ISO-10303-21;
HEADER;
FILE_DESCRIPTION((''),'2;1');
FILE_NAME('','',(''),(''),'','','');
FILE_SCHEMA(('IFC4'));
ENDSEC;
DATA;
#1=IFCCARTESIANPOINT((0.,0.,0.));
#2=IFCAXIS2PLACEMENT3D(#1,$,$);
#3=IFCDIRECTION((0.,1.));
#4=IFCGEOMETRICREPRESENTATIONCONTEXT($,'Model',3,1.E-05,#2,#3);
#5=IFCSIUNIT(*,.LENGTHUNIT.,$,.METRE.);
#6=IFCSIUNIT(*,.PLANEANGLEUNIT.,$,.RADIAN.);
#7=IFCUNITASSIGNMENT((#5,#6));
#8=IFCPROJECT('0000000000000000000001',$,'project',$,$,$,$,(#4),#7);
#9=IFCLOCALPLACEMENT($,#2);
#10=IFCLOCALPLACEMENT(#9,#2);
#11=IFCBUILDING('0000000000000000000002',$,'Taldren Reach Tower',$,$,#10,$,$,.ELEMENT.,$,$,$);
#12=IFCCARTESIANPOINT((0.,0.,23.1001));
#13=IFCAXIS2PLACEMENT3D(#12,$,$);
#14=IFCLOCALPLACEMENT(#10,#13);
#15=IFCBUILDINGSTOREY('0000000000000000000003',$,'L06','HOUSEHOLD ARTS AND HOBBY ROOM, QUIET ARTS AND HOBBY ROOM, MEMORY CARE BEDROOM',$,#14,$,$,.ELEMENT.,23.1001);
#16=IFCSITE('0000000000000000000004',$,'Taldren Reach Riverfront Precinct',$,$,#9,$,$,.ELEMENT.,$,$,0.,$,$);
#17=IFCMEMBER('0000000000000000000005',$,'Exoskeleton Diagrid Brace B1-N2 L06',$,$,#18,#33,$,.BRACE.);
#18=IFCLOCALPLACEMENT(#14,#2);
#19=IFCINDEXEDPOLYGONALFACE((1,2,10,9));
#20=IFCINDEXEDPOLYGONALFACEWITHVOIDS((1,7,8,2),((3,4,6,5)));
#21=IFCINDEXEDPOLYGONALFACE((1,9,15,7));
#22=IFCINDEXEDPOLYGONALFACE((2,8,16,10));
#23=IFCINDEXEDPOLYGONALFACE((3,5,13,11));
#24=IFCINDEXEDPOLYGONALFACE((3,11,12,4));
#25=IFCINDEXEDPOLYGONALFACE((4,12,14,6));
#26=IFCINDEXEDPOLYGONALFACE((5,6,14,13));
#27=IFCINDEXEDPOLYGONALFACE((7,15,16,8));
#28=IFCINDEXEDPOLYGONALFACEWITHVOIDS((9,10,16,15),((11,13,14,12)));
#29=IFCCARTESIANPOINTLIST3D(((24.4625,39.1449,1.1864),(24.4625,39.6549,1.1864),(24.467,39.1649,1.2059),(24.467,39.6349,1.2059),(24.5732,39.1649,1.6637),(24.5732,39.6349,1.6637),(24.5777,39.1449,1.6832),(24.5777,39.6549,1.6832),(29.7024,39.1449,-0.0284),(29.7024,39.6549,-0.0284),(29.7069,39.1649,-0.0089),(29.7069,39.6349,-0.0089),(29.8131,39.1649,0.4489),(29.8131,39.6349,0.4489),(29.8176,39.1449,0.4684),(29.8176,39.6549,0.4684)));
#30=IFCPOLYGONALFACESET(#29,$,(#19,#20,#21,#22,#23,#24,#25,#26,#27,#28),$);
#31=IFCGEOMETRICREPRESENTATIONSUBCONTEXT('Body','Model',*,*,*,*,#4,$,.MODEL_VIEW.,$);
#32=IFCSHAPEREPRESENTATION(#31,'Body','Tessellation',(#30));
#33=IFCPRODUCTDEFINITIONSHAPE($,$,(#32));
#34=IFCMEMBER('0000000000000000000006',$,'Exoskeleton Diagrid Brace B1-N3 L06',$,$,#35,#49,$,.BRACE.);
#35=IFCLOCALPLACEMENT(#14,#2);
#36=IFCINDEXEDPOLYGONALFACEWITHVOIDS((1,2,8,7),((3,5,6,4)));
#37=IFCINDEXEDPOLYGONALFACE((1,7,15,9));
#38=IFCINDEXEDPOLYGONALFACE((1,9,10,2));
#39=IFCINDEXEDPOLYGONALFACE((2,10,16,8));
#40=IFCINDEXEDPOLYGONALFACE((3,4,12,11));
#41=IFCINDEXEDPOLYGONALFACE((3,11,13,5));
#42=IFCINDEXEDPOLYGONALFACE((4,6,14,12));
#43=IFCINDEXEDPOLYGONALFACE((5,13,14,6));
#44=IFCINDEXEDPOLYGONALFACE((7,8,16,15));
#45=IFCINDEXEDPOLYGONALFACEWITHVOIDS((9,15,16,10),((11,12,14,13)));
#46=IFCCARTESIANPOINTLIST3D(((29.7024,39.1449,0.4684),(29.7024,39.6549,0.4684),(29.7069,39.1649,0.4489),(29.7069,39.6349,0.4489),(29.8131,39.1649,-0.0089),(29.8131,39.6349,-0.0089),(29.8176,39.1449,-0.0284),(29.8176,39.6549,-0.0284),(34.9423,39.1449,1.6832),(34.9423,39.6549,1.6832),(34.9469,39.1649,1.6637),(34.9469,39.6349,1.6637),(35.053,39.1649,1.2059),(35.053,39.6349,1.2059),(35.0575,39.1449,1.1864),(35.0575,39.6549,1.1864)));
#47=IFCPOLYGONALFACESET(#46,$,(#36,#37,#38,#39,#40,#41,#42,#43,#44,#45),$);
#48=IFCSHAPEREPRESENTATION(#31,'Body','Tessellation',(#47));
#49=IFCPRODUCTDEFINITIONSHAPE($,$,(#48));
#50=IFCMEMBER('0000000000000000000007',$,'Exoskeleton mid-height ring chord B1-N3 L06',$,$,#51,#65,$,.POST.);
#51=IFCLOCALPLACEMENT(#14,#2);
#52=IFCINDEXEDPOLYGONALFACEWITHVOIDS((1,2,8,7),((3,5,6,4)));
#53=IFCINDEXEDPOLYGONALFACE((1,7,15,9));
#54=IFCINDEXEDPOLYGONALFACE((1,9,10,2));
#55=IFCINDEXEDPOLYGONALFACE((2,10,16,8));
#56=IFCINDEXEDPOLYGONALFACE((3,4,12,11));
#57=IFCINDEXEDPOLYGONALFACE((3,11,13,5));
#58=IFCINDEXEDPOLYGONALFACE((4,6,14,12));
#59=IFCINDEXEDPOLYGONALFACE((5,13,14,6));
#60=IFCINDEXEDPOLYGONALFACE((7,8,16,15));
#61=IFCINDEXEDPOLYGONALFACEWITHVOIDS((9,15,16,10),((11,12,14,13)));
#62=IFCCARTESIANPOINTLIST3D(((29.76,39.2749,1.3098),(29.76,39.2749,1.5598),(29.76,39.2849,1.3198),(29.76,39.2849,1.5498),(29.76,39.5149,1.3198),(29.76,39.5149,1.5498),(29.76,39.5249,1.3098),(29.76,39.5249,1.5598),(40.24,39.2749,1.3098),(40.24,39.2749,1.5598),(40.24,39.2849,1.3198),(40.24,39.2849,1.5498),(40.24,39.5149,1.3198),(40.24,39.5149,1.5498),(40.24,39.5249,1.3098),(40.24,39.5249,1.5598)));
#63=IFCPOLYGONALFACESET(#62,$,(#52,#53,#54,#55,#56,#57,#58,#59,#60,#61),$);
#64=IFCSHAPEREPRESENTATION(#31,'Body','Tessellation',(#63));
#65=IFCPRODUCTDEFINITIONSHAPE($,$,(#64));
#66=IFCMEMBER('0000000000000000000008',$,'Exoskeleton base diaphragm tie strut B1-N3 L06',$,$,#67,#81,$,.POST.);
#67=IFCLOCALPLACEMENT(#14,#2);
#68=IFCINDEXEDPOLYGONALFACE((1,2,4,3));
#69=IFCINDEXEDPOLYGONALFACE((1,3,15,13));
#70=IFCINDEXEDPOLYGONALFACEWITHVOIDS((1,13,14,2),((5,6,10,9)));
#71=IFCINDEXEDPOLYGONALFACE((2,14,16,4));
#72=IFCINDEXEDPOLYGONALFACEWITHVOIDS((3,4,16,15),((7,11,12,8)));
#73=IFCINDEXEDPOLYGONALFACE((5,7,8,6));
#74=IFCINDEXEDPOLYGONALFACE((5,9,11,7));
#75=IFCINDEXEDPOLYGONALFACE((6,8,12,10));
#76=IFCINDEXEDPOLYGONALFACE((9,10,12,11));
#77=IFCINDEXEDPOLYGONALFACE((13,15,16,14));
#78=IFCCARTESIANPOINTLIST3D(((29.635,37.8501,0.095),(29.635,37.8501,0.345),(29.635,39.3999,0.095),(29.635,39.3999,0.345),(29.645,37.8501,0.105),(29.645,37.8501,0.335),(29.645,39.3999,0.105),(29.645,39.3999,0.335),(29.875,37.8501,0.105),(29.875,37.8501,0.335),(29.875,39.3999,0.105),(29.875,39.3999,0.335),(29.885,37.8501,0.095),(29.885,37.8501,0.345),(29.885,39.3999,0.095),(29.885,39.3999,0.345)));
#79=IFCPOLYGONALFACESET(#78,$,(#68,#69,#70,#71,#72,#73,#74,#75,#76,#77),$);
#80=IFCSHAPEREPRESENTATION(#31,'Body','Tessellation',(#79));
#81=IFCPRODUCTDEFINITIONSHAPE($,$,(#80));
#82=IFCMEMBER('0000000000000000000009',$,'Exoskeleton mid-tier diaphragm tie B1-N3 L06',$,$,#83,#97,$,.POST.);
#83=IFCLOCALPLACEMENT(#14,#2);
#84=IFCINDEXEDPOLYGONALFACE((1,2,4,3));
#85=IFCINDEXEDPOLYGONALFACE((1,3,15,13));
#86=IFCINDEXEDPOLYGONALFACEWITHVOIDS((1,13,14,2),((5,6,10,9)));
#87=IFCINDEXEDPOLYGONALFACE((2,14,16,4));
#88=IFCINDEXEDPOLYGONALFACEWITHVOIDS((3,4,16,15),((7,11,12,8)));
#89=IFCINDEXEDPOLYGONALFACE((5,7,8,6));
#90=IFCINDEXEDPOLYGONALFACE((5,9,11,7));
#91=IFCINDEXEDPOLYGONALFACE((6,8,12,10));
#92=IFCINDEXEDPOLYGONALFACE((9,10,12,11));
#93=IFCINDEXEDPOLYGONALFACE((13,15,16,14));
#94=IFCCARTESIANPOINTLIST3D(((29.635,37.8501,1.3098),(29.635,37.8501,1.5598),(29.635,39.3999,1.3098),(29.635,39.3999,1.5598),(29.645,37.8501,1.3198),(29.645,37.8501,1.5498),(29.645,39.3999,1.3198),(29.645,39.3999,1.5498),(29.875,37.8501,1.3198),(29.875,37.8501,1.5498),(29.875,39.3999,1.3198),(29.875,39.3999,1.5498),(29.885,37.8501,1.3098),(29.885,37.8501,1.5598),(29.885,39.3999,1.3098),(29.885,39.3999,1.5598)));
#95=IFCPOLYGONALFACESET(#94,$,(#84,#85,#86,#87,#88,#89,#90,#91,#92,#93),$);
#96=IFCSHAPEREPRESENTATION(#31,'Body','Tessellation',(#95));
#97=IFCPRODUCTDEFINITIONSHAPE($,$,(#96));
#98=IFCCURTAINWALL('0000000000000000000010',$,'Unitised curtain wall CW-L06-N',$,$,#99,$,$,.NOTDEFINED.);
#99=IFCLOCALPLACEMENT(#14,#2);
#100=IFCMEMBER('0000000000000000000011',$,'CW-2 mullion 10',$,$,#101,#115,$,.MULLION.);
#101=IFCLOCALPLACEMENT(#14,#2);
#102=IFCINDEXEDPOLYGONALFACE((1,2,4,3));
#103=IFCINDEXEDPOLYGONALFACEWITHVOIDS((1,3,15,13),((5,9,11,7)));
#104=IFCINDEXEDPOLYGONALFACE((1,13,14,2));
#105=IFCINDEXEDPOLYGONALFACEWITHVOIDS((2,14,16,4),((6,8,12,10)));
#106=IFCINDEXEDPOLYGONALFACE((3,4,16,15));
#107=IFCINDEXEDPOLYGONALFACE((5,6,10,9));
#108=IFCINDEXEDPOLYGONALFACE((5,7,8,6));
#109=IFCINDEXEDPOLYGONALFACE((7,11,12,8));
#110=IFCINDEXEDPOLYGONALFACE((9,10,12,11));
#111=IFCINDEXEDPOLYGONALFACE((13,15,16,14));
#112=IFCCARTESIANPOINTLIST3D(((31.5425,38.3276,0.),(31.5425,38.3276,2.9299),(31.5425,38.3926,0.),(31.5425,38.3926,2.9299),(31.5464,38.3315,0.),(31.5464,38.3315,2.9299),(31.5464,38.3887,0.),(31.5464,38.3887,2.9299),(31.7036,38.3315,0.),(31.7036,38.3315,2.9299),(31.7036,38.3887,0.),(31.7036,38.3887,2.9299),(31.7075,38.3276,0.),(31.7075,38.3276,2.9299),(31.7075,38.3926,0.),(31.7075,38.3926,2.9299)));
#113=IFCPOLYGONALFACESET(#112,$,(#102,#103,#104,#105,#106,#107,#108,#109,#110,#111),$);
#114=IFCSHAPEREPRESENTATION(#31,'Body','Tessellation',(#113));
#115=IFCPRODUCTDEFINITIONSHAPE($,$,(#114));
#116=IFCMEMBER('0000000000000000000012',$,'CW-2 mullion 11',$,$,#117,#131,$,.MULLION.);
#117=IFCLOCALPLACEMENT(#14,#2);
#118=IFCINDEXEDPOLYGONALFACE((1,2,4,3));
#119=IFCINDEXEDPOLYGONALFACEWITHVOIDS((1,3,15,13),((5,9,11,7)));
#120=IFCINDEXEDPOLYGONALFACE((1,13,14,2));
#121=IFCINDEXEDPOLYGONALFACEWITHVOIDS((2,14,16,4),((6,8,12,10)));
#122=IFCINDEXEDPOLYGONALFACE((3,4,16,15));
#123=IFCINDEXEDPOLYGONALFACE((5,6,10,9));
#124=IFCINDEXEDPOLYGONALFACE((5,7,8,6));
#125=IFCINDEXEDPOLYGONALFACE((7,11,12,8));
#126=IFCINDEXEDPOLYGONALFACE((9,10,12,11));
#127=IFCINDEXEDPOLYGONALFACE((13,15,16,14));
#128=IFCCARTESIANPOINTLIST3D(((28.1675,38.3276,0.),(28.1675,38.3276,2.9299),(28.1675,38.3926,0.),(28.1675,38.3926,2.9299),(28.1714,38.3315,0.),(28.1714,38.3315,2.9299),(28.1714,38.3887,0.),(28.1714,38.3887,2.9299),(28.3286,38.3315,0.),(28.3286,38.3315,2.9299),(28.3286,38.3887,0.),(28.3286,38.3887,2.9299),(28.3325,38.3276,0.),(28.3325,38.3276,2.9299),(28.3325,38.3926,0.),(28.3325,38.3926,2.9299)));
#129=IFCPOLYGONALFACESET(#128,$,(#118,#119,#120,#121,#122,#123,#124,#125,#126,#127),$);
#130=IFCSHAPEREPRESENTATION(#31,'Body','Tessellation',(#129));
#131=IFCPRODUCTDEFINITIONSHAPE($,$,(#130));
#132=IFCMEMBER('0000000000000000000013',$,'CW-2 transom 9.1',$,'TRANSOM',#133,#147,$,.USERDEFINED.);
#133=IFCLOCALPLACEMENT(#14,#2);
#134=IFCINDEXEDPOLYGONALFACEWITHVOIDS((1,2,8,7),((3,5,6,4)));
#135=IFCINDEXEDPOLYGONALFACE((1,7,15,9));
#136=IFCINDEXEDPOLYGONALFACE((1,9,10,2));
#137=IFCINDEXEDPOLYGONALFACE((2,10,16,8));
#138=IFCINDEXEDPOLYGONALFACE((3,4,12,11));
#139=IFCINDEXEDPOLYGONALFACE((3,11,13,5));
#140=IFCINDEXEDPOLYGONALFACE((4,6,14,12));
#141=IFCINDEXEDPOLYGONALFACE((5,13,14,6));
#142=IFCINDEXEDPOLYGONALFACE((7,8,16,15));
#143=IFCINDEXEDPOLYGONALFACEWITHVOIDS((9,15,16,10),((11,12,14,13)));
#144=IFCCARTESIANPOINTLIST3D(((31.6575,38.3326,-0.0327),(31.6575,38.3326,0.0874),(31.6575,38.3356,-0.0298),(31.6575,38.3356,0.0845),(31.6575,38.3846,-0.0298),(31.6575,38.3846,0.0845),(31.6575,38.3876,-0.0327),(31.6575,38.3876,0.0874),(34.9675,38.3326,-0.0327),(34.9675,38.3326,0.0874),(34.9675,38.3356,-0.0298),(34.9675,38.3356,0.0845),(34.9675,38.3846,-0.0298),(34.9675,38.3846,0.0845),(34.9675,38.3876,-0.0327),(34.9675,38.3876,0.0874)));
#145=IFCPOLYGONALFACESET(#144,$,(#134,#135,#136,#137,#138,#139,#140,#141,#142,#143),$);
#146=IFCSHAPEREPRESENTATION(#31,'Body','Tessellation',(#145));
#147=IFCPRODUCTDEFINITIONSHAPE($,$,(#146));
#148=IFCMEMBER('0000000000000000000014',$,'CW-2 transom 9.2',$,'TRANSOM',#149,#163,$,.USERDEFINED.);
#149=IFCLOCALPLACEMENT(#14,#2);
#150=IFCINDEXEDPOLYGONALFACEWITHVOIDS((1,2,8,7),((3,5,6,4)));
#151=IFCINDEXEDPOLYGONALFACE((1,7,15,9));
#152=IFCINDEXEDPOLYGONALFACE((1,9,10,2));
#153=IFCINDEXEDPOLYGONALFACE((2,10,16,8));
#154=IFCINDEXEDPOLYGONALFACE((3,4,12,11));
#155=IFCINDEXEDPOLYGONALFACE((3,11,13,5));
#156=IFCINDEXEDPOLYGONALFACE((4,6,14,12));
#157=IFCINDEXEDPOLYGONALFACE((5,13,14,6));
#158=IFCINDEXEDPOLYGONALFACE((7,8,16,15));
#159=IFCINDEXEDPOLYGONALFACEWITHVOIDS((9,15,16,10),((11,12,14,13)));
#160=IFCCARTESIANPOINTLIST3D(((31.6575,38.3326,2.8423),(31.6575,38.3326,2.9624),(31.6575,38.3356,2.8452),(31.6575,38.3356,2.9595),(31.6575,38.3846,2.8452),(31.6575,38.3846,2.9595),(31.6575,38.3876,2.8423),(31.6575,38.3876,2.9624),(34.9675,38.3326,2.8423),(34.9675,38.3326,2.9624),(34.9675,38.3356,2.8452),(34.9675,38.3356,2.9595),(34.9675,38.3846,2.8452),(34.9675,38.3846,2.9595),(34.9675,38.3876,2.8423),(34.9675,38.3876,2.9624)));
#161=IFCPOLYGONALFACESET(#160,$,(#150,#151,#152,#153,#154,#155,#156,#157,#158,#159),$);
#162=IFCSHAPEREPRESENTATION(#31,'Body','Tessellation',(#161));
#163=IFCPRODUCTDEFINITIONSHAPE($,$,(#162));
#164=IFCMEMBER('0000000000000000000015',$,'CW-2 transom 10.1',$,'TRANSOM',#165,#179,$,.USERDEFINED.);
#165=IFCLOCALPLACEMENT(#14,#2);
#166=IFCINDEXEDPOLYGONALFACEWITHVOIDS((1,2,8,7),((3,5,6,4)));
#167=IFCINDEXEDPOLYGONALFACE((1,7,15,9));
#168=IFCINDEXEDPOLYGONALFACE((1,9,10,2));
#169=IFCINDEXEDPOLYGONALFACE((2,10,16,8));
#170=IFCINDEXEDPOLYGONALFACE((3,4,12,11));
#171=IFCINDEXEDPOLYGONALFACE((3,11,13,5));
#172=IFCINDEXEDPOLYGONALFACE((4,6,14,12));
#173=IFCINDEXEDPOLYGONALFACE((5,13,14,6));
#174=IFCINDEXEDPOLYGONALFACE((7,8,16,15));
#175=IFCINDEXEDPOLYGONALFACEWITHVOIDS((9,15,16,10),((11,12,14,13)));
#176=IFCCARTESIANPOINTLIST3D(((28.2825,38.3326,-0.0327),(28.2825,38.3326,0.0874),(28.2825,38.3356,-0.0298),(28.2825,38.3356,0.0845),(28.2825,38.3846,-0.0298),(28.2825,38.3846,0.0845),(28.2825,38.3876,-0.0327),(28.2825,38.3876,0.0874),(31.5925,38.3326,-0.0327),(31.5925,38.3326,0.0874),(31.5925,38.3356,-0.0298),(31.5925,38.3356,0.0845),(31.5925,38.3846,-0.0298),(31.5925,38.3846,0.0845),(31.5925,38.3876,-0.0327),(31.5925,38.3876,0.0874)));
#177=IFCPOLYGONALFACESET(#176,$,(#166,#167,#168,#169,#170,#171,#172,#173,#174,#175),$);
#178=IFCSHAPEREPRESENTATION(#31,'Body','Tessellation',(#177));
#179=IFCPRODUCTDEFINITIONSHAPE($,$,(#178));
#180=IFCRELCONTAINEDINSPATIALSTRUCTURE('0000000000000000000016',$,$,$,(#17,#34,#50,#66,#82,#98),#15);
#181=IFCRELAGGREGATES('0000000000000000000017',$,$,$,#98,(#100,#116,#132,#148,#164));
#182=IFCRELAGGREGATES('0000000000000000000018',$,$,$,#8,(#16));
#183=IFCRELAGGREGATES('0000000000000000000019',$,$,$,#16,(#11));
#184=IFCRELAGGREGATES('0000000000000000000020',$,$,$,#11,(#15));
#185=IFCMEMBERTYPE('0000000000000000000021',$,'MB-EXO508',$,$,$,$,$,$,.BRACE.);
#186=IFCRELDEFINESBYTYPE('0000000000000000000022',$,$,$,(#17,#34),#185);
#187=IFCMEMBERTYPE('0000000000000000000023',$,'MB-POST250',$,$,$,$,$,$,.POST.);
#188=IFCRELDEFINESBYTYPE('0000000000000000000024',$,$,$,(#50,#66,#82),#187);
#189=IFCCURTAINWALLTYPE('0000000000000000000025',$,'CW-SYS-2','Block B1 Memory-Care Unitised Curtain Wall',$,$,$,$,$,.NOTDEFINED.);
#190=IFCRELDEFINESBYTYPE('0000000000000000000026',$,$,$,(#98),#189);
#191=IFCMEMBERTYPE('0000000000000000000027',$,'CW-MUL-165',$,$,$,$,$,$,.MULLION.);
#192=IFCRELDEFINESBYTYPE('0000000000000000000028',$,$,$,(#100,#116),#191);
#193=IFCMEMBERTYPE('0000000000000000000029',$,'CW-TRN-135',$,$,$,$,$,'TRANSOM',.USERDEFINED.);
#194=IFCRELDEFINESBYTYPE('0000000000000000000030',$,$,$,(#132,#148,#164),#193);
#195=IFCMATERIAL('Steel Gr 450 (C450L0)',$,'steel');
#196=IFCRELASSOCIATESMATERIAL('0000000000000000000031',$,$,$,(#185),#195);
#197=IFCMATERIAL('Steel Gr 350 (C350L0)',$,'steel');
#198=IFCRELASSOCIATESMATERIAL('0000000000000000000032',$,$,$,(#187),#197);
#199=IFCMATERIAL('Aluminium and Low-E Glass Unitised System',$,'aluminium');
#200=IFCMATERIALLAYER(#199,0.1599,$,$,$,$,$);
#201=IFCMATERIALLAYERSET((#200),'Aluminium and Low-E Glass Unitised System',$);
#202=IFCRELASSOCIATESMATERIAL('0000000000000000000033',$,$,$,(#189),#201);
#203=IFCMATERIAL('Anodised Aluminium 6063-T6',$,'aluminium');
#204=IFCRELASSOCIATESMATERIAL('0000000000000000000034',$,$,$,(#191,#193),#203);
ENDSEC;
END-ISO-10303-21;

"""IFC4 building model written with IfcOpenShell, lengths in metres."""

from ifc_helpers import new_model, si_unit, direction, frame, origin, origin_2d, place, context, subcontext, project, spatial, hollow_rectangle, extrude, source, transform, mapped, material, layer, layer_set, material_profile, profile_set, type_object, element, aggregate, save


model = new_model("IFC4")

# Units and contexts
model_context = context("Model", 3, precision=1e-05, world=origin(), true_north=direction((0.0, 1.0)))
body_context = subcontext(model_context, "Body", "Model", "MODEL_VIEW")
ifc_project = project(units=[si_unit("LENGTHUNIT", "METRE"), si_unit("PLANEANGLEUNIT", "RADIAN")], contexts=[model_context])

# Site, building, storey
site_placement = place(None, origin())
site = spatial("IfcSite", under=ifc_project, at=site_placement, Name="Taldren Reach Riverfront Precinct", CompositionType="ELEMENT", RefElevation=0.0)
building_placement = place(site_placement, origin())
building = spatial("IfcBuilding", under=site, at=building_placement, Name="Taldren Reach Tower", CompositionType="ELEMENT")
storey_placement = place(building_placement, frame((0.0, 0.0, 23.1001)))
storey = spatial("IfcBuildingStorey", under=building, at=storey_placement, Name="L06", Description="HOUSEHOLD ARTS AND HOBBY ROOM, QUIET ARTS AND HOBBY ROOM, MEMORY CARE BEDROOM", CompositionType="ELEMENT", Elevation=23.1001)

# Members
ifc_material_1 = material(Name="Steel Gr 450 (C450L0)", Category="steel")
ifc_material_profile_1 = material_profile(ifc_material_1, hollow_rectangle(XDim=0.51, YDim=0.51, WallThickness=0.02, at=origin_2d()), Name="510x510x20.0SHS")
ifc_profile_set_1 = profile_set([ifc_material_profile_1], Name="Steel Gr 450 (C450L0)")
member_type_1 = type_object("IfcMemberType", Name="MB-EXO508", PredefinedType="BRACE", material=ifc_profile_set_1)
shared_shape_1 = source(origin(), body_context, "Body", "SweptSolid", [
    extrude(hollow_rectangle(XDim=0.51, YDim=0.51, WallThickness=0.02, at=origin_2d()), origin(), (0.0, 0.0, 1.0), 5.3789),
])
for number, where, z_axis, x_axis, name in (
    (1, (29.76, 39.3999, 0.22), (-0.974162, 0.0, 0.225851), (0.0, -1.0, 0.0), "Exoskeleton Diagrid Brace B1-N2 L06"),
    (2, (29.76, 39.3999, 0.22), (0.974162, 0.0, 0.225851), (0.0, 1.0, 0.0), "Exoskeleton Diagrid Brace B1-N3 L06"),
):
    element("IfcMember", number, at=place(storey_placement, frame(where, z_axis=z_axis, x_axis=x_axis)), inside=storey, type_object=member_type_1, Name=name, PredefinedType="BRACE", context=body_context, shape_type="MappedRepresentation", body=[
        mapped(shared_shape_1, transform((0.0, 0.0, 0.0), scale=1.0)),
    ])
ifc_material_2 = material(Name="Steel Gr 350 (C350L0)", Category="steel")
ifc_material_profile_2 = material_profile(ifc_material_2, hollow_rectangle(XDim=0.25, YDim=0.25, WallThickness=0.01, at=origin_2d()), Name="250x250x10.0SHS")
ifc_profile_set_2 = profile_set([ifc_material_profile_2], Name="Steel Gr 350 (C350L0)")
member_type_2 = type_object("IfcMemberType", Name="MB-POST250", PredefinedType="POST", material=ifc_profile_set_2)
shared_shape_2 = source(origin(), body_context, "Body", "SweptSolid", [
    extrude(hollow_rectangle(XDim=0.25, YDim=0.25, WallThickness=0.01, at=origin_2d()), origin(), (0.0, 0.0, 1.0), 10.48),
])
member_1_placement = place(storey_placement, frame((29.76, 39.3999, 1.4348), z_axis=(1.0, 0.0, 0.0), x_axis=(0.0, 1.0, 0.0)))
element("IfcMember", 3, at=member_1_placement, inside=storey, type_object=member_type_2, Name="Exoskeleton mid-height ring chord B1-N3 L06", PredefinedType="POST", context=body_context, shape_type="MappedRepresentation", body=[
    mapped(shared_shape_2, transform((0.0, 0.0, 0.0), scale=1.0)),
])
shared_shape_3 = source(origin(), body_context, "Body", "SweptSolid", [
    extrude(hollow_rectangle(XDim=0.25, YDim=0.25, WallThickness=0.01, at=origin_2d()), origin(), (0.0, 0.0, 1.0), 1.5498),
])
for number, where, z_axis, x_axis, name in (
    (4, (29.76, 37.8501, 0.22), (0.0, 1.0, 0.0), (-1.0, 0.0, 0.0), "Exoskeleton base diaphragm tie strut B1-N3 L06"),
    (5, (29.76, 37.8501, 1.4348), (0.0, 1.0, 0.0), (-1.0, 0.0, 0.0), "Exoskeleton mid-tier diaphragm tie B1-N3 L06"),
):
    element("IfcMember", number, at=place(storey_placement, frame(where, z_axis=z_axis, x_axis=x_axis)), inside=storey, type_object=member_type_2, Name=name, PredefinedType="POST", context=body_context, shape_type="MappedRepresentation", body=[
        mapped(shared_shape_3, transform((0.0, 0.0, 0.0), scale=1.0)),
    ])

# Curtain wall, members
ifc_material_3 = material(Name="Aluminium and Low-E Glass Unitised System", Category="aluminium")
ifc_layer_1 = layer(ifc_material_3, 0.1599)
ifc_layer_set_1 = layer_set([ifc_layer_1], Name="Aluminium and Low-E Glass Unitised System")
curtain_wall_type = type_object("IfcCurtainWallType", Name="CW-SYS-2", Description="Block B1 Memory-Care Unitised Curtain Wall", PredefinedType="NOTDEFINED", material=ifc_layer_set_1)
curtain_wall_placement = place(storey_placement, origin())
curtain_wall = element("IfcCurtainWall", 6, at=curtain_wall_placement, inside=storey, type_object=curtain_wall_type, Name="Unitised curtain wall CW-L06-N", PredefinedType="NOTDEFINED")
ifc_material_4 = material(Name="Anodised Aluminium 6063-T6", Category="aluminium")
ifc_material_profile_3 = material_profile(ifc_material_4, hollow_rectangle(XDim=0.0649, YDim=0.165, WallThickness=0.0039, at=origin_2d()), Name="ALU-165x65x4RHS")
ifc_profile_set_3 = profile_set([ifc_material_profile_3], Name="Anodised Aluminium 6063-T6")
member_type_3 = type_object("IfcMemberType", Name="CW-MUL-165", PredefinedType="MULLION", material=ifc_profile_set_3)
shared_shape_4 = source(origin(), body_context, "Body", "SweptSolid", [
    extrude(hollow_rectangle(XDim=0.0649, YDim=0.165, WallThickness=0.0039, at=origin_2d()), origin(), (0.0, 0.0, 1.0), 2.9299),
])
member_2_placement = place(storey_placement, frame((31.625, 38.3601, 0.0), z_axis=(0.0, 0.0, 1.0), x_axis=(0.0, -1.0, 0.0)))
member_2 = element("IfcMember", 7, at=member_2_placement, type_object=member_type_3, Name="CW-2 mullion 10", PredefinedType="MULLION", context=body_context, shape_type="MappedRepresentation", body=[
    mapped(shared_shape_4, transform((0.0, 0.0, 0.0), scale=1.0)),
])
member_3_placement = place(storey_placement, frame((28.25, 38.3601, 0.0), z_axis=(0.0, 0.0, 1.0), x_axis=(0.0, -1.0, 0.0)))
member_3 = element("IfcMember", 8, at=member_3_placement, type_object=member_type_3, Name="CW-2 mullion 11", PredefinedType="MULLION", context=body_context, shape_type="MappedRepresentation", body=[
    mapped(shared_shape_4, transform((0.0, 0.0, 0.0), scale=1.0)),
])
ifc_material_profile_4 = material_profile(ifc_material_4, hollow_rectangle(XDim=0.0549, YDim=0.1201, WallThickness=0.0029, at=origin_2d()), Name="ALU-120x55x3RHS")
ifc_profile_set_4 = profile_set([ifc_material_profile_4], Name="Anodised Aluminium 6063-T6")
member_type_4 = type_object("IfcMemberType", Name="CW-TRN-135", ElementType="TRANSOM", PredefinedType="USERDEFINED", material=ifc_profile_set_4)
shared_shape_5 = source(origin(), body_context, "Body", "SweptSolid", [
    extrude(hollow_rectangle(XDim=0.0549, YDim=0.1201, WallThickness=0.0029, at=origin_2d()), origin(), (0.0, 0.0, 1.0), 3.3101),
])
member_4_placement = place(storey_placement, frame((34.9675, 38.3601, 0.0273), z_axis=(-1.0, 0.0, 0.0), x_axis=(0.0, -1.0, 0.0)))
member_4 = element("IfcMember", 9, at=member_4_placement, type_object=member_type_4, Name="CW-2 transom 9.1", ObjectType="TRANSOM", PredefinedType="USERDEFINED", context=body_context, shape_type="MappedRepresentation", body=[
    mapped(shared_shape_5, transform((0.0, 0.0, 0.0), scale=1.0)),
])
member_5_placement = place(storey_placement, frame((34.9675, 38.3601, 2.9023), z_axis=(-1.0, 0.0, 0.0), x_axis=(0.0, -1.0, 0.0)))
member_5 = element("IfcMember", 10, at=member_5_placement, type_object=member_type_4, Name="CW-2 transom 9.2", ObjectType="TRANSOM", PredefinedType="USERDEFINED", context=body_context, shape_type="MappedRepresentation", body=[
    mapped(shared_shape_5, transform((0.0, 0.0, 0.0), scale=1.0)),
])
member_6_placement = place(storey_placement, frame((31.5925, 38.3601, 0.0273), z_axis=(-1.0, 0.0, 0.0), x_axis=(0.0, -1.0, 0.0)))
member_6 = element("IfcMember", 11, at=member_6_placement, type_object=member_type_4, Name="CW-2 transom 10.1", ObjectType="TRANSOM", PredefinedType="USERDEFINED", context=body_context, shape_type="MappedRepresentation", body=[
    mapped(shared_shape_5, transform((0.0, 0.0, 0.0), scale=1.0)),
])

aggregate(curtain_wall, [member_2, member_3, member_4, member_5, member_6])

save(model, "model.ifc")
